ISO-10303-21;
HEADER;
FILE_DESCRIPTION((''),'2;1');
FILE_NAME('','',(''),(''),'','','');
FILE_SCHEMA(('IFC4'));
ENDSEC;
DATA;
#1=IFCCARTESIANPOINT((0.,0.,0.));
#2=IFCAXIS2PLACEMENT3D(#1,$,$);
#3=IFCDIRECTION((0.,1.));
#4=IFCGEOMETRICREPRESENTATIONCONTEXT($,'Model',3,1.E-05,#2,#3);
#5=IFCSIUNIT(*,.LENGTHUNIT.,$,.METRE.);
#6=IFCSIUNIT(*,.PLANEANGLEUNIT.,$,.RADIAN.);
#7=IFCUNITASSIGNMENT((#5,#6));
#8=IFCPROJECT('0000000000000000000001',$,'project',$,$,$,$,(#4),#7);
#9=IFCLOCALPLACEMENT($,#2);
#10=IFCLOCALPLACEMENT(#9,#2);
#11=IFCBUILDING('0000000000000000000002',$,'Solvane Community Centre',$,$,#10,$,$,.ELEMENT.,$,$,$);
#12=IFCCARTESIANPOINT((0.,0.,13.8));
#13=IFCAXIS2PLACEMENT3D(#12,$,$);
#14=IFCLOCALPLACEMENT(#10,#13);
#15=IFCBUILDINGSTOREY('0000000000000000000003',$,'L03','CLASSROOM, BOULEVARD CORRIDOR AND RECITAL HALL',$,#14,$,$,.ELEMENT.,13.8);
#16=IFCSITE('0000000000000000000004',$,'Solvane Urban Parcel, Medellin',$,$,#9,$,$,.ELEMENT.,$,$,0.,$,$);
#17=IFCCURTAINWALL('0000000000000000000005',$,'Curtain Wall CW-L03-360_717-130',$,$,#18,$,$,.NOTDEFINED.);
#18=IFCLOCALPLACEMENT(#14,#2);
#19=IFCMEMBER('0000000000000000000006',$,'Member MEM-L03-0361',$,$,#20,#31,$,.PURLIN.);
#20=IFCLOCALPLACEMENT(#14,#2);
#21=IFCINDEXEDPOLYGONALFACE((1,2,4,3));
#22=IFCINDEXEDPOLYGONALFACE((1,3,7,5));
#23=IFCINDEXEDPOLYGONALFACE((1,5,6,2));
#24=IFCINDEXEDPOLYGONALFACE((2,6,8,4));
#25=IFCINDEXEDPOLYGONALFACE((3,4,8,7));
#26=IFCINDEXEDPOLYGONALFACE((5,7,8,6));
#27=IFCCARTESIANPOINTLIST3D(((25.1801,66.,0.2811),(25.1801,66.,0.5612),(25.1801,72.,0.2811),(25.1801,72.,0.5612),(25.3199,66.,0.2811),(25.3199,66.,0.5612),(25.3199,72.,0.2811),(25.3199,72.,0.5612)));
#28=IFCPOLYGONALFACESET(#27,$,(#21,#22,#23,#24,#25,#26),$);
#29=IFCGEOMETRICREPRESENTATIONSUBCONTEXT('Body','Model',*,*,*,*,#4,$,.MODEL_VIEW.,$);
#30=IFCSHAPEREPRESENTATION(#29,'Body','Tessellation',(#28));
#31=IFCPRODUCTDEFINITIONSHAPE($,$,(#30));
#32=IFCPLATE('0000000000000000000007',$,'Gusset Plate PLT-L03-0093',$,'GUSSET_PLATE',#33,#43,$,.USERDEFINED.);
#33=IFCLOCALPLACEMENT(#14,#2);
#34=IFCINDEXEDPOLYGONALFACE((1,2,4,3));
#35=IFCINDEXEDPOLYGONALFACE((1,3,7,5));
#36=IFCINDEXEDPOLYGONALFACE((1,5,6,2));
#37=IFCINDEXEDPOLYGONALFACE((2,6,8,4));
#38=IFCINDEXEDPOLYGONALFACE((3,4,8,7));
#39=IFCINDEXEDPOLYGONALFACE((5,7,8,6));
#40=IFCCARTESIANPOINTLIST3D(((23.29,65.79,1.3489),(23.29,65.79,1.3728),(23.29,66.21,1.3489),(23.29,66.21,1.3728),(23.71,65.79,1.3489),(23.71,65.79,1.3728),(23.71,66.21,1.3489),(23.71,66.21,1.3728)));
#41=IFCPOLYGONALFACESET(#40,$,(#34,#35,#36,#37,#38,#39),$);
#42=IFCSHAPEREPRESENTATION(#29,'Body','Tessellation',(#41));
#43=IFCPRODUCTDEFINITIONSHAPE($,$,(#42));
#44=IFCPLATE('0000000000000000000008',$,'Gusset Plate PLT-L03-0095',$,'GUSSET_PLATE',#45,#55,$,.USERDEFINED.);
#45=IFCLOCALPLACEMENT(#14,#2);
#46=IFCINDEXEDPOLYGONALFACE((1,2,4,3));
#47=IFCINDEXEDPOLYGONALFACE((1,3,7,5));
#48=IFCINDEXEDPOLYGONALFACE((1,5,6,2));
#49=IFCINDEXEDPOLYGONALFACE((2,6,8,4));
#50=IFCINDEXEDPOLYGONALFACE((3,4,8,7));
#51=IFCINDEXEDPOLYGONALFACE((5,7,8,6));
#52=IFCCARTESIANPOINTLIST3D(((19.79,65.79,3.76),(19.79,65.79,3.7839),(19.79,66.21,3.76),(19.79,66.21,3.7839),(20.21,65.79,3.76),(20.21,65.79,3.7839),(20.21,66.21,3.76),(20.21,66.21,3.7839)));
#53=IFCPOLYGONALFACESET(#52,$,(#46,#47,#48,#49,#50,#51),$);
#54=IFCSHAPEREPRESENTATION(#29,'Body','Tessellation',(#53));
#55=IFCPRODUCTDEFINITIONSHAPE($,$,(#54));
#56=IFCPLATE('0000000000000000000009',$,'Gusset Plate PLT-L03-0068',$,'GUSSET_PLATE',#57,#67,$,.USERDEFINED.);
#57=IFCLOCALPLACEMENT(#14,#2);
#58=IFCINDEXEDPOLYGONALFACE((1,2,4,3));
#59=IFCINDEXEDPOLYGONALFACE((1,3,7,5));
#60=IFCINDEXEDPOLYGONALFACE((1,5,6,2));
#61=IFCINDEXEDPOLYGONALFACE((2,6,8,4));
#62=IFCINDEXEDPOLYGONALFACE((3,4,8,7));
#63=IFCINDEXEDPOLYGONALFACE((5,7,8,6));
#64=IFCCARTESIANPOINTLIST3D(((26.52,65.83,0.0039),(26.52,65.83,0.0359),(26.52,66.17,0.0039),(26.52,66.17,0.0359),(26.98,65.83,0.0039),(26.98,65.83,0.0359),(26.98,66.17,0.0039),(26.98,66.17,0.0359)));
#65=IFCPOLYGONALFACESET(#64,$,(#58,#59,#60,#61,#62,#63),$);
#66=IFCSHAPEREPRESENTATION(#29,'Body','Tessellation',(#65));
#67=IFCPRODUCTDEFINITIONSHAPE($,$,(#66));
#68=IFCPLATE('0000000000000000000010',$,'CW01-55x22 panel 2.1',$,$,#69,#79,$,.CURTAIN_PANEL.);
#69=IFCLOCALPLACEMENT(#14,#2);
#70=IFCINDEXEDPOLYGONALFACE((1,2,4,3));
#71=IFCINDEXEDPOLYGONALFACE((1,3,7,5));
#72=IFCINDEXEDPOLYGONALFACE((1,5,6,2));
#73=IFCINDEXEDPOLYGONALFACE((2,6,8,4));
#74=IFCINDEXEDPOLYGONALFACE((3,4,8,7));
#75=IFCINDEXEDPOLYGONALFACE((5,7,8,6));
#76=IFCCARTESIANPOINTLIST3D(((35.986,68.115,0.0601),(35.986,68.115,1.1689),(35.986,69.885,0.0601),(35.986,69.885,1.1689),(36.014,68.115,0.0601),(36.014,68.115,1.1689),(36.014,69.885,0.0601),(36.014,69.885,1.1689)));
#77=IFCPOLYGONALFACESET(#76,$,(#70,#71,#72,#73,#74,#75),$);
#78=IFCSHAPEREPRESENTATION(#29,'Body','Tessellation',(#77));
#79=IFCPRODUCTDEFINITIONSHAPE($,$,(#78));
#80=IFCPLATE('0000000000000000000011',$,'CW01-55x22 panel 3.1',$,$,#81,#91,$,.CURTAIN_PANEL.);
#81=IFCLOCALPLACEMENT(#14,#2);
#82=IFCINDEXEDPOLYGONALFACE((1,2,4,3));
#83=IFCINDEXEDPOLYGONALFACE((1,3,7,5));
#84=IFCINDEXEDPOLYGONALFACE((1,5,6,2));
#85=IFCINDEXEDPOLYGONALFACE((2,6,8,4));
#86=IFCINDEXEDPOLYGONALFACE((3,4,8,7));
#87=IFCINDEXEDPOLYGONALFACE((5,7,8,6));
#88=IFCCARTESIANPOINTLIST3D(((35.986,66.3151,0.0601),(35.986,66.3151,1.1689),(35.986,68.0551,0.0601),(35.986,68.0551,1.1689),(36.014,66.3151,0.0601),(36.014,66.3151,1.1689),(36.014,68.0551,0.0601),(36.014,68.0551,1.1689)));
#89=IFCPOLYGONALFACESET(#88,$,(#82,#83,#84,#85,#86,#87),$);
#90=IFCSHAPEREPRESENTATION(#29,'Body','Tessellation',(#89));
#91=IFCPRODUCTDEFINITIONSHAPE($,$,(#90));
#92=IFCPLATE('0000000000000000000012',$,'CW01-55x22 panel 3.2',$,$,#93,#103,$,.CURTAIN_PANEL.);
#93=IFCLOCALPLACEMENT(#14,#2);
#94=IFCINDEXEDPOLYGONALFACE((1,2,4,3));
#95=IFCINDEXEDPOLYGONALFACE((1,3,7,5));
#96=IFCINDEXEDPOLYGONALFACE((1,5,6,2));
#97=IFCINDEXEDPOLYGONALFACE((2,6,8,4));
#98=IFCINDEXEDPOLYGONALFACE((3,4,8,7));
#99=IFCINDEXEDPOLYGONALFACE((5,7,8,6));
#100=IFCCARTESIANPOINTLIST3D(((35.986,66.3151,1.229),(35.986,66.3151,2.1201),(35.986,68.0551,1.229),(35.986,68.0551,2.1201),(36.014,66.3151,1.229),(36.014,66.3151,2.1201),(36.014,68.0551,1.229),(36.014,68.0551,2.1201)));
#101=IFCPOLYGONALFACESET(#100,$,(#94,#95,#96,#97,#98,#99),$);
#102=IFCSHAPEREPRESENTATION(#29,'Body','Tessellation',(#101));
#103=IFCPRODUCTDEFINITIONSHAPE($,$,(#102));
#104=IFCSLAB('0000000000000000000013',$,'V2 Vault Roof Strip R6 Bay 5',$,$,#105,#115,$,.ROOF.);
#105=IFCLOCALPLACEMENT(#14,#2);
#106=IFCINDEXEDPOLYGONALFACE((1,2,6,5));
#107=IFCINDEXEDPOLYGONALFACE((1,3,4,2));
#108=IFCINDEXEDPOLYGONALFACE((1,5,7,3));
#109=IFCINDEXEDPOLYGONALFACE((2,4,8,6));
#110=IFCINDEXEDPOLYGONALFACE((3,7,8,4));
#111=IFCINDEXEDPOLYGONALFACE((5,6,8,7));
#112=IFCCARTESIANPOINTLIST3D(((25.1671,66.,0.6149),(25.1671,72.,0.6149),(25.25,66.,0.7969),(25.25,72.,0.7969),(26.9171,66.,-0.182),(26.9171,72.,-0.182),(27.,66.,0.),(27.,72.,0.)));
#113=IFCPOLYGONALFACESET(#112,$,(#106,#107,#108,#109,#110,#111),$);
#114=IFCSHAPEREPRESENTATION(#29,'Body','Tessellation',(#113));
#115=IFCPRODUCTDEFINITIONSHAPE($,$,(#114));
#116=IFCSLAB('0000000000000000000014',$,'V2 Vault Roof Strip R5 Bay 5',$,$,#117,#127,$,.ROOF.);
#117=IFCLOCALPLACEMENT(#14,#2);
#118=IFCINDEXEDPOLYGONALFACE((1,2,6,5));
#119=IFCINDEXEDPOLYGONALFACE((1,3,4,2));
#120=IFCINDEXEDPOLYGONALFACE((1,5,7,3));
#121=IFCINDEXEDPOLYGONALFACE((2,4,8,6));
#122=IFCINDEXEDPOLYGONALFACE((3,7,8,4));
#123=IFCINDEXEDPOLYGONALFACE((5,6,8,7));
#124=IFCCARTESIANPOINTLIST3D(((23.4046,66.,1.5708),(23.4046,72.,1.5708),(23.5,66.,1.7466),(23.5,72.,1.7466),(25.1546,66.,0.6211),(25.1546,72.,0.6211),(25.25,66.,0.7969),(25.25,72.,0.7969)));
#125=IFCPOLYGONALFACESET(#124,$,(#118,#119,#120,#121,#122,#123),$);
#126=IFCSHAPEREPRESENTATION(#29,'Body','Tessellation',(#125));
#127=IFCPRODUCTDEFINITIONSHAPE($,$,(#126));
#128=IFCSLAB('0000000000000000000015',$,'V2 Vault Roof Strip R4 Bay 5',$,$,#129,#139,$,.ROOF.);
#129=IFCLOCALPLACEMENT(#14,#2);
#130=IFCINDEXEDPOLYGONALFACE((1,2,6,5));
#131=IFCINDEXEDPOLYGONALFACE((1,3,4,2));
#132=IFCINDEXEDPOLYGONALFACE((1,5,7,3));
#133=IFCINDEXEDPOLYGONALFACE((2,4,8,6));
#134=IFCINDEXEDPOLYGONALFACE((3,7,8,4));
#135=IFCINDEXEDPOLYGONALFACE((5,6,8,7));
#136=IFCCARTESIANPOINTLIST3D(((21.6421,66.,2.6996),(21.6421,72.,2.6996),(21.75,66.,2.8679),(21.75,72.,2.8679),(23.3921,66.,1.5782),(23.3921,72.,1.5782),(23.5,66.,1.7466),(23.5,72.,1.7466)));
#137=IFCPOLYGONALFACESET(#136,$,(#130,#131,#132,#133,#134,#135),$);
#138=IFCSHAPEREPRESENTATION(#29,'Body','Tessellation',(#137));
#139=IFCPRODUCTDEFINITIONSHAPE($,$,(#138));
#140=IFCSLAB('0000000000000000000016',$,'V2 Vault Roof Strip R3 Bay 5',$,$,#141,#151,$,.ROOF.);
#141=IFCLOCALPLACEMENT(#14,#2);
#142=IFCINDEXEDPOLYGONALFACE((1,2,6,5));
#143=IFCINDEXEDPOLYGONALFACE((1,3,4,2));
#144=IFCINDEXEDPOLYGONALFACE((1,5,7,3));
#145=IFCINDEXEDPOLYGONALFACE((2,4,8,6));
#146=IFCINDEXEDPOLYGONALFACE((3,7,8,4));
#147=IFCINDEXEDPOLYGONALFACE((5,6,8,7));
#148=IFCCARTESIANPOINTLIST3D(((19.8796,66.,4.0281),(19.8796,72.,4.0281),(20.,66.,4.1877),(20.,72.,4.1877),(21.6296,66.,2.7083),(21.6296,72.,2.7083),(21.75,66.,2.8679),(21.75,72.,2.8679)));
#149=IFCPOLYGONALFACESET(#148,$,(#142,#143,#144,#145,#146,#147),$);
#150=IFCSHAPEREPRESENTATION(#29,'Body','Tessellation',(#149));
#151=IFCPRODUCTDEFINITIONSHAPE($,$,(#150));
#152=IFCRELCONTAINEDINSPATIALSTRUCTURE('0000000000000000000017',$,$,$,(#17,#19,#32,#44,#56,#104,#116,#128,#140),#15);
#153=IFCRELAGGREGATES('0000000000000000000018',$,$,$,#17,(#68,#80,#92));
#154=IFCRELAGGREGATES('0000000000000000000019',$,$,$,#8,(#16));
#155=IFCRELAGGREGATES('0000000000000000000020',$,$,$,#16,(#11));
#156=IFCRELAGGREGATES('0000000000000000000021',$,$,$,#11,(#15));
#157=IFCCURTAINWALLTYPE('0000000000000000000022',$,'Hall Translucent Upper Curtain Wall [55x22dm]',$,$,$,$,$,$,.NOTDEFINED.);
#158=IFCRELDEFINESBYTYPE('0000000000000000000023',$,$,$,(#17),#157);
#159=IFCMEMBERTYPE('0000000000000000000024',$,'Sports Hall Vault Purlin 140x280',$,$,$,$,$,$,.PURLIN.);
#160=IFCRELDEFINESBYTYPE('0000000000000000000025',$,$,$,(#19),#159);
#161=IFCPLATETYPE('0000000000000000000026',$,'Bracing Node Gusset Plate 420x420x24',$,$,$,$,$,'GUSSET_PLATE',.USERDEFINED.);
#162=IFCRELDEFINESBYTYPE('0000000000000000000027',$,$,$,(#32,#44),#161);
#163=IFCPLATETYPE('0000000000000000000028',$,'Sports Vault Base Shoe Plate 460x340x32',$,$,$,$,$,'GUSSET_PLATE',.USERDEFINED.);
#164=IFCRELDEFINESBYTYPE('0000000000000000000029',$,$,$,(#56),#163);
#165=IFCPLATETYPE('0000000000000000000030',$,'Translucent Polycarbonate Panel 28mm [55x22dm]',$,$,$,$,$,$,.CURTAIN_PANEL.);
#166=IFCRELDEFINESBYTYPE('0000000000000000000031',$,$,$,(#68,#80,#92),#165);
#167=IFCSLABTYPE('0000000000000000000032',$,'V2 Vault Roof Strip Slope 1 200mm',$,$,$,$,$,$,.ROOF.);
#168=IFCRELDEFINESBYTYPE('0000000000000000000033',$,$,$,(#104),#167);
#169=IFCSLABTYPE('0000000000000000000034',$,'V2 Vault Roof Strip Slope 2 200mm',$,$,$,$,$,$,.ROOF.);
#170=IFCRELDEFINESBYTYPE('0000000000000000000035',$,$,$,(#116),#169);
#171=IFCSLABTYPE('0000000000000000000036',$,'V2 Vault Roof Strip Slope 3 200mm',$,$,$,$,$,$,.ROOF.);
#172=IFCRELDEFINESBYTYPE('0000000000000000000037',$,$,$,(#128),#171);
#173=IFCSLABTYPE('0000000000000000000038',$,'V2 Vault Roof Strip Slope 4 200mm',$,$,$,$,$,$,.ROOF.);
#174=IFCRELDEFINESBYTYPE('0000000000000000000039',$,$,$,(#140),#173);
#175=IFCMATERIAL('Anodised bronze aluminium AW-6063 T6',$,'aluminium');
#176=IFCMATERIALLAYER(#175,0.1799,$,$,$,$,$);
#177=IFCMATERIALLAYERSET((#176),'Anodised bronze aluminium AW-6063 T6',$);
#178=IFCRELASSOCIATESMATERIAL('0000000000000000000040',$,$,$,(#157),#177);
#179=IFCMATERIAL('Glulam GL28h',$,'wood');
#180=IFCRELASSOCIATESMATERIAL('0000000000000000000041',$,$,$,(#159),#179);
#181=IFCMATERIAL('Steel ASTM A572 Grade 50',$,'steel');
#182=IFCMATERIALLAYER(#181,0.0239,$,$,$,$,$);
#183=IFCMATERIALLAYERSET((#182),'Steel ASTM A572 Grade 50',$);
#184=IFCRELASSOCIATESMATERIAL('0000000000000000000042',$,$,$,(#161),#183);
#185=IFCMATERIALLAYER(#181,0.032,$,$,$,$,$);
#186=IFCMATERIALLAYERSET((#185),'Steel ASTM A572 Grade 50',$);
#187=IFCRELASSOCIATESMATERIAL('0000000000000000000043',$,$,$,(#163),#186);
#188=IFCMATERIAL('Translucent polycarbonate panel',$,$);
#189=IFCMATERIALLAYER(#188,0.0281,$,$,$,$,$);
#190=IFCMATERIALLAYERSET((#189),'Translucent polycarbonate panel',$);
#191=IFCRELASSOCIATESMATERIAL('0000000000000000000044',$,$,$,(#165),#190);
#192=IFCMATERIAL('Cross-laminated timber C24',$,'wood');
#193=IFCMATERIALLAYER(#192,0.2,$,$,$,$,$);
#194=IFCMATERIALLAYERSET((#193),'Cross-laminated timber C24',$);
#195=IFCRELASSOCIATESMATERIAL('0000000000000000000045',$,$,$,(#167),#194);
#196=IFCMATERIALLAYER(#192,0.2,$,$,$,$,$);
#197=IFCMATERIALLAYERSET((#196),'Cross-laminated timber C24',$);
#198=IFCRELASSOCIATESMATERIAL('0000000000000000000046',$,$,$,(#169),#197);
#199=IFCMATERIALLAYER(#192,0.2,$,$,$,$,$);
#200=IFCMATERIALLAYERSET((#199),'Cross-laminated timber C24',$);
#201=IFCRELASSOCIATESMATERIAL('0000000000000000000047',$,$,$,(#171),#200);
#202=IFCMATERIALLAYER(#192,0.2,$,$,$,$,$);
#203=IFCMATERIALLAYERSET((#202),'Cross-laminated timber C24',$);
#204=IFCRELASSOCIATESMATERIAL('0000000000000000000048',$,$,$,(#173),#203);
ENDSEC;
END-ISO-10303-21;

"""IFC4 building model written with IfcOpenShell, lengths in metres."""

from ifc_helpers import new_model, si_unit, direction, frame, origin, origin_2d, place, context, subcontext, project, spatial, polyline, rectangle, outline, extrude, material, layer, layer_set, material_profile, profile_set, type_object, element, aggregate, save


model = new_model("IFC4")

# Units and contexts
model_context = context("Model", 3, precision=1e-05, world=origin(), true_north=direction((0.0, 1.0)))
body_context = subcontext(model_context, "Body", "Model", "MODEL_VIEW")
ifc_project = project(units=[si_unit("LENGTHUNIT", "METRE"), si_unit("PLANEANGLEUNIT", "RADIAN")], contexts=[model_context])

# Site, building, storey
site_placement = place(None, origin())
site = spatial("IfcSite", under=ifc_project, at=site_placement, Name="Solvane Urban Parcel, Medellin", CompositionType="ELEMENT", RefElevation=0.0)
building_placement = place(site_placement, origin())
building = spatial("IfcBuilding", under=site, at=building_placement, Name="Solvane Community Centre", CompositionType="ELEMENT")
storey_placement = place(building_placement, frame((0.0, 0.0, 13.8)))
storey = spatial("IfcBuildingStorey", under=building, at=storey_placement, Name="L03", Description="CLASSROOM, BOULEVARD CORRIDOR AND RECITAL HALL", CompositionType="ELEMENT", Elevation=13.8)

# Curtain wall
ifc_material_1 = material(Name="Anodised bronze aluminium AW-6063 T6", Category="aluminium")
ifc_layer_1 = layer(ifc_material_1, 0.1799)
ifc_layer_set_1 = layer_set([ifc_layer_1], Name="Anodised bronze aluminium AW-6063 T6")
curtain_wall_type = type_object("IfcCurtainWallType", Name="Hall Translucent Upper Curtain Wall [55x22dm]", PredefinedType="NOTDEFINED", material=ifc_layer_set_1)
curtain_wall_placement = place(storey_placement, origin())
curtain_wall = element("IfcCurtainWall", 1, at=curtain_wall_placement, inside=storey, type_object=curtain_wall_type, Name="Curtain Wall CW-L03-360_717-130", PredefinedType="NOTDEFINED")

# Member
ifc_material_2 = material(Name="Glulam GL28h", Category="wood")
ifc_material_profile_1 = material_profile(ifc_material_2, rectangle(XDim=0.1399, YDim=0.28, at=origin_2d()), Name="GL28h 140x280")
ifc_profile_set_1 = profile_set([ifc_material_profile_1], Name="Glulam GL28h")
member_type_1 = type_object("IfcMemberType", Name="Sports Hall Vault Purlin 140x280", PredefinedType="PURLIN", material=ifc_profile_set_1)
for number, where, z_axis, x_axis, name in (
    (2, (25.25, 66.0, 0.4211), (0.0, 1.0, 0.0), (-1.0, 0.0, 0.0), "Member MEM-L03-0361"),
):
    element("IfcMember", number, at=place(storey_placement, frame(where, z_axis=z_axis, x_axis=x_axis)), inside=storey, type_object=member_type_1, Name=name, PredefinedType="PURLIN", context=body_context, shape_type="SweptSolid", body=[
        extrude(rectangle(XDim=0.1399, YDim=0.28, at=origin_2d()), origin(), (0.0, 0.0, 1.0), 6.0),
    ])

# Plates
ifc_material_3 = material(Name="Steel ASTM A572 Grade 50", Category="steel")
ifc_layer_2 = layer(ifc_material_3, 0.0239)
ifc_layer_set_2 = layer_set([ifc_layer_2], Name="Steel ASTM A572 Grade 50")
plate_type_1 = type_object("IfcPlateType", Name="Bracing Node Gusset Plate 420x420x24", ElementType="GUSSET_PLATE", PredefinedType="USERDEFINED", material=ifc_layer_set_2)
for number, where, z_axis, x_axis, name in (
    (3, (23.5, 66.0, 1.3489), (0.0, 0.0, 1.0), (1.0, 0.0, 0.0), "Gusset Plate PLT-L03-0093"),
    (4, (20.0, 66.0, 3.76), (0.0, 0.0, 1.0), (1.0, 0.0, 0.0), "Gusset Plate PLT-L03-0095"),
):
    element("IfcPlate", number, at=place(storey_placement, frame(where, z_axis=z_axis, x_axis=x_axis)), inside=storey, type_object=plate_type_1, Name=name, ObjectType="GUSSET_PLATE", PredefinedType="USERDEFINED", context=body_context, shape_type="SweptSolid", body=[
        extrude(rectangle(XDim=0.4199, YDim=0.4199, at=origin_2d()), origin(), (0.0, 0.0, 1.0), 0.0239),
    ])
ifc_layer_3 = layer(ifc_material_3, 0.032)
ifc_layer_set_3 = layer_set([ifc_layer_3], Name="Steel ASTM A572 Grade 50")
plate_type_2 = type_object("IfcPlateType", Name="Sports Vault Base Shoe Plate 460x340x32", ElementType="GUSSET_PLATE", PredefinedType="USERDEFINED", material=ifc_layer_set_3)
plate_1_placement = place(storey_placement, frame((26.75, 66.0, 0.0039), z_axis=(0.0, 0.0, 1.0), x_axis=(1.0, 0.0, 0.0)))
element("IfcPlate", 5, at=plate_1_placement, inside=storey, type_object=plate_type_2, Name="Gusset Plate PLT-L03-0068", ObjectType="GUSSET_PLATE", PredefinedType="USERDEFINED", context=body_context, shape_type="SweptSolid", body=[
    extrude(rectangle(XDim=0.46, YDim=0.3401, at=origin_2d()), origin(), (0.0, 0.0, 1.0), 0.032),
])

# Plates
ifc_material_4 = material(Name="Translucent polycarbonate panel")
ifc_layer_4 = layer(ifc_material_4, 0.0281)
ifc_layer_set_4 = layer_set([ifc_layer_4], Name="Translucent polycarbonate panel")
plate_type_3 = type_object("IfcPlateType", Name="Translucent Polycarbonate Panel 28mm [55x22dm]", PredefinedType="CURTAIN_PANEL", material=ifc_layer_set_4)
plate_2_placement = place(storey_placement, frame((36.0, 69.0, 0.0601), z_axis=(0.0, 0.0, 1.0), x_axis=(0.0, -1.0, 0.0)))
plate_2 = element("IfcPlate", 6, at=plate_2_placement, type_object=plate_type_3, Name="CW01-55x22 panel 2.1", PredefinedType="CURTAIN_PANEL", context=body_context, shape_type="SweptSolid", body=[
    extrude(rectangle(XDim=1.77, YDim=0.0281, at=origin_2d()), origin(), (0.0, 0.0, 1.0), 1.1089),
])
plate_3_placement = place(storey_placement, frame((36.0, 67.1851, 0.0601), z_axis=(0.0, 0.0, 1.0), x_axis=(0.0, -1.0, 0.0)))
plate_3 = element("IfcPlate", 7, at=plate_3_placement, type_object=plate_type_3, Name="CW01-55x22 panel 3.1", PredefinedType="CURTAIN_PANEL", context=body_context, shape_type="SweptSolid", body=[
    extrude(rectangle(XDim=1.74, YDim=0.0281, at=origin_2d()), origin(), (0.0, 0.0, 1.0), 1.1089),
])
plate_4_placement = place(storey_placement, frame((36.0, 67.1851, 1.229), z_axis=(0.0, 0.0, 1.0), x_axis=(0.0, -1.0, 0.0)))
plate_4 = element("IfcPlate", 8, at=plate_4_placement, type_object=plate_type_3, Name="CW01-55x22 panel 3.2", PredefinedType="CURTAIN_PANEL", context=body_context, shape_type="SweptSolid", body=[
    extrude(rectangle(XDim=1.74, YDim=0.0281, at=origin_2d()), origin(), (0.0, 0.0, 1.0), 0.8911),
])
aggregate(curtain_wall, [plate_2, plate_3, plate_4])

# Slabs
ifc_material_5 = material(Name="Cross-laminated timber C24", Category="wood")
ifc_layer_5 = layer(ifc_material_5, 0.2)
ifc_layer_set_5 = layer_set([ifc_layer_5], Name="Cross-laminated timber C24")
slab_type_1 = type_object("IfcSlabType", Name="V2 Vault Roof Strip Slope 1 200mm", PredefinedType="ROOF", material=ifc_layer_set_5)
slab_1_placement = place(storey_placement, frame((25.25, 66.0, 0.7969), z_axis=(0.414415, 0.0, 0.910088), x_axis=(0.910088, 0.0, -0.414415)))
element("IfcSlab", 9, at=slab_1_placement, inside=storey, type_object=slab_type_1, Name="V2 Vault Roof Strip R6 Bay 5", PredefinedType="ROOF", context=body_context, shape_type="SweptSolid", body=[
    extrude(outline(polyline([(0.0, 0.0), (1.9229, 0.0), (1.9229, 6.0), (0.0, 6.0), (0.0, 0.0)])), origin(), (0.0, 0.0, -1.0), 0.2),
])
ifc_layer_6 = layer(ifc_material_5, 0.2)
ifc_layer_set_6 = layer_set([ifc_layer_6], Name="Cross-laminated timber C24")
slab_type_2 = type_object("IfcSlabType", Name="V2 Vault Roof Strip Slope 2 200mm", PredefinedType="ROOF", material=ifc_layer_set_6)
slab_2_placement = place(storey_placement, frame((23.5, 66.0, 1.7466), z_axis=(0.476978, 0.0, 0.878915), x_axis=(0.878915, 0.0, -0.476978)))
element("IfcSlab", 10, at=slab_2_placement, inside=storey, type_object=slab_type_2, Name="V2 Vault Roof Strip R5 Bay 5", PredefinedType="ROOF", context=body_context, shape_type="SweptSolid", body=[
    extrude(outline(polyline([(0.0, 0.0), (1.9911, 0.0), (1.9911, 6.0), (0.0, 6.0), (0.0, 0.0)])), origin(), (0.0, 0.0, -1.0), 0.2),
])
ifc_layer_7 = layer(ifc_material_5, 0.2)
ifc_layer_set_7 = layer_set([ifc_layer_7], Name="Cross-laminated timber C24")
slab_type_3 = type_object("IfcSlabType", Name="V2 Vault Roof Strip Slope 3 200mm", PredefinedType="ROOF", material=ifc_layer_set_7)
slab_3_placement = place(storey_placement, frame((21.75, 66.0, 2.8679), z_axis=(0.53951, 0.0, 0.841979), x_axis=(0.841979, 0.0, -0.53951)))
element("IfcSlab", 11, at=slab_3_placement, inside=storey, type_object=slab_type_3, Name="V2 Vault Roof Strip R4 Bay 5", PredefinedType="ROOF", context=body_context, shape_type="SweptSolid", body=[
    extrude(outline(polyline([(0.0, 0.0), (2.0784, 0.0), (2.0784, 6.0), (0.0, 6.0), (0.0, 0.0)])), origin(), (0.0, 0.0, -1.0), 0.2),
])
ifc_layer_8 = layer(ifc_material_5, 0.2)
ifc_layer_set_8 = layer_set([ifc_layer_8], Name="Cross-laminated timber C24")
slab_type_4 = type_object("IfcSlabType", Name="V2 Vault Roof Strip Slope 4 200mm", PredefinedType="ROOF", material=ifc_layer_set_8)
slab_4_placement = place(storey_placement, frame((20.0, 66.0, 4.1877), z_axis=(0.602136, 0.0, 0.798393), x_axis=(0.798393, 0.0, -0.602136)))
element("IfcSlab", 12, at=slab_4_placement, inside=storey, type_object=slab_type_4, Name="V2 Vault Roof Strip R3 Bay 5", PredefinedType="ROOF", context=body_context, shape_type="SweptSolid", body=[
    extrude(outline(polyline([(0.0, 0.0), (2.1919, 0.0), (2.1919, 6.0), (0.0, 6.0), (0.0, 0.0)])), origin(), (0.0, 0.0, -1.0), 0.2),
])

save(model, "model.ifc")
